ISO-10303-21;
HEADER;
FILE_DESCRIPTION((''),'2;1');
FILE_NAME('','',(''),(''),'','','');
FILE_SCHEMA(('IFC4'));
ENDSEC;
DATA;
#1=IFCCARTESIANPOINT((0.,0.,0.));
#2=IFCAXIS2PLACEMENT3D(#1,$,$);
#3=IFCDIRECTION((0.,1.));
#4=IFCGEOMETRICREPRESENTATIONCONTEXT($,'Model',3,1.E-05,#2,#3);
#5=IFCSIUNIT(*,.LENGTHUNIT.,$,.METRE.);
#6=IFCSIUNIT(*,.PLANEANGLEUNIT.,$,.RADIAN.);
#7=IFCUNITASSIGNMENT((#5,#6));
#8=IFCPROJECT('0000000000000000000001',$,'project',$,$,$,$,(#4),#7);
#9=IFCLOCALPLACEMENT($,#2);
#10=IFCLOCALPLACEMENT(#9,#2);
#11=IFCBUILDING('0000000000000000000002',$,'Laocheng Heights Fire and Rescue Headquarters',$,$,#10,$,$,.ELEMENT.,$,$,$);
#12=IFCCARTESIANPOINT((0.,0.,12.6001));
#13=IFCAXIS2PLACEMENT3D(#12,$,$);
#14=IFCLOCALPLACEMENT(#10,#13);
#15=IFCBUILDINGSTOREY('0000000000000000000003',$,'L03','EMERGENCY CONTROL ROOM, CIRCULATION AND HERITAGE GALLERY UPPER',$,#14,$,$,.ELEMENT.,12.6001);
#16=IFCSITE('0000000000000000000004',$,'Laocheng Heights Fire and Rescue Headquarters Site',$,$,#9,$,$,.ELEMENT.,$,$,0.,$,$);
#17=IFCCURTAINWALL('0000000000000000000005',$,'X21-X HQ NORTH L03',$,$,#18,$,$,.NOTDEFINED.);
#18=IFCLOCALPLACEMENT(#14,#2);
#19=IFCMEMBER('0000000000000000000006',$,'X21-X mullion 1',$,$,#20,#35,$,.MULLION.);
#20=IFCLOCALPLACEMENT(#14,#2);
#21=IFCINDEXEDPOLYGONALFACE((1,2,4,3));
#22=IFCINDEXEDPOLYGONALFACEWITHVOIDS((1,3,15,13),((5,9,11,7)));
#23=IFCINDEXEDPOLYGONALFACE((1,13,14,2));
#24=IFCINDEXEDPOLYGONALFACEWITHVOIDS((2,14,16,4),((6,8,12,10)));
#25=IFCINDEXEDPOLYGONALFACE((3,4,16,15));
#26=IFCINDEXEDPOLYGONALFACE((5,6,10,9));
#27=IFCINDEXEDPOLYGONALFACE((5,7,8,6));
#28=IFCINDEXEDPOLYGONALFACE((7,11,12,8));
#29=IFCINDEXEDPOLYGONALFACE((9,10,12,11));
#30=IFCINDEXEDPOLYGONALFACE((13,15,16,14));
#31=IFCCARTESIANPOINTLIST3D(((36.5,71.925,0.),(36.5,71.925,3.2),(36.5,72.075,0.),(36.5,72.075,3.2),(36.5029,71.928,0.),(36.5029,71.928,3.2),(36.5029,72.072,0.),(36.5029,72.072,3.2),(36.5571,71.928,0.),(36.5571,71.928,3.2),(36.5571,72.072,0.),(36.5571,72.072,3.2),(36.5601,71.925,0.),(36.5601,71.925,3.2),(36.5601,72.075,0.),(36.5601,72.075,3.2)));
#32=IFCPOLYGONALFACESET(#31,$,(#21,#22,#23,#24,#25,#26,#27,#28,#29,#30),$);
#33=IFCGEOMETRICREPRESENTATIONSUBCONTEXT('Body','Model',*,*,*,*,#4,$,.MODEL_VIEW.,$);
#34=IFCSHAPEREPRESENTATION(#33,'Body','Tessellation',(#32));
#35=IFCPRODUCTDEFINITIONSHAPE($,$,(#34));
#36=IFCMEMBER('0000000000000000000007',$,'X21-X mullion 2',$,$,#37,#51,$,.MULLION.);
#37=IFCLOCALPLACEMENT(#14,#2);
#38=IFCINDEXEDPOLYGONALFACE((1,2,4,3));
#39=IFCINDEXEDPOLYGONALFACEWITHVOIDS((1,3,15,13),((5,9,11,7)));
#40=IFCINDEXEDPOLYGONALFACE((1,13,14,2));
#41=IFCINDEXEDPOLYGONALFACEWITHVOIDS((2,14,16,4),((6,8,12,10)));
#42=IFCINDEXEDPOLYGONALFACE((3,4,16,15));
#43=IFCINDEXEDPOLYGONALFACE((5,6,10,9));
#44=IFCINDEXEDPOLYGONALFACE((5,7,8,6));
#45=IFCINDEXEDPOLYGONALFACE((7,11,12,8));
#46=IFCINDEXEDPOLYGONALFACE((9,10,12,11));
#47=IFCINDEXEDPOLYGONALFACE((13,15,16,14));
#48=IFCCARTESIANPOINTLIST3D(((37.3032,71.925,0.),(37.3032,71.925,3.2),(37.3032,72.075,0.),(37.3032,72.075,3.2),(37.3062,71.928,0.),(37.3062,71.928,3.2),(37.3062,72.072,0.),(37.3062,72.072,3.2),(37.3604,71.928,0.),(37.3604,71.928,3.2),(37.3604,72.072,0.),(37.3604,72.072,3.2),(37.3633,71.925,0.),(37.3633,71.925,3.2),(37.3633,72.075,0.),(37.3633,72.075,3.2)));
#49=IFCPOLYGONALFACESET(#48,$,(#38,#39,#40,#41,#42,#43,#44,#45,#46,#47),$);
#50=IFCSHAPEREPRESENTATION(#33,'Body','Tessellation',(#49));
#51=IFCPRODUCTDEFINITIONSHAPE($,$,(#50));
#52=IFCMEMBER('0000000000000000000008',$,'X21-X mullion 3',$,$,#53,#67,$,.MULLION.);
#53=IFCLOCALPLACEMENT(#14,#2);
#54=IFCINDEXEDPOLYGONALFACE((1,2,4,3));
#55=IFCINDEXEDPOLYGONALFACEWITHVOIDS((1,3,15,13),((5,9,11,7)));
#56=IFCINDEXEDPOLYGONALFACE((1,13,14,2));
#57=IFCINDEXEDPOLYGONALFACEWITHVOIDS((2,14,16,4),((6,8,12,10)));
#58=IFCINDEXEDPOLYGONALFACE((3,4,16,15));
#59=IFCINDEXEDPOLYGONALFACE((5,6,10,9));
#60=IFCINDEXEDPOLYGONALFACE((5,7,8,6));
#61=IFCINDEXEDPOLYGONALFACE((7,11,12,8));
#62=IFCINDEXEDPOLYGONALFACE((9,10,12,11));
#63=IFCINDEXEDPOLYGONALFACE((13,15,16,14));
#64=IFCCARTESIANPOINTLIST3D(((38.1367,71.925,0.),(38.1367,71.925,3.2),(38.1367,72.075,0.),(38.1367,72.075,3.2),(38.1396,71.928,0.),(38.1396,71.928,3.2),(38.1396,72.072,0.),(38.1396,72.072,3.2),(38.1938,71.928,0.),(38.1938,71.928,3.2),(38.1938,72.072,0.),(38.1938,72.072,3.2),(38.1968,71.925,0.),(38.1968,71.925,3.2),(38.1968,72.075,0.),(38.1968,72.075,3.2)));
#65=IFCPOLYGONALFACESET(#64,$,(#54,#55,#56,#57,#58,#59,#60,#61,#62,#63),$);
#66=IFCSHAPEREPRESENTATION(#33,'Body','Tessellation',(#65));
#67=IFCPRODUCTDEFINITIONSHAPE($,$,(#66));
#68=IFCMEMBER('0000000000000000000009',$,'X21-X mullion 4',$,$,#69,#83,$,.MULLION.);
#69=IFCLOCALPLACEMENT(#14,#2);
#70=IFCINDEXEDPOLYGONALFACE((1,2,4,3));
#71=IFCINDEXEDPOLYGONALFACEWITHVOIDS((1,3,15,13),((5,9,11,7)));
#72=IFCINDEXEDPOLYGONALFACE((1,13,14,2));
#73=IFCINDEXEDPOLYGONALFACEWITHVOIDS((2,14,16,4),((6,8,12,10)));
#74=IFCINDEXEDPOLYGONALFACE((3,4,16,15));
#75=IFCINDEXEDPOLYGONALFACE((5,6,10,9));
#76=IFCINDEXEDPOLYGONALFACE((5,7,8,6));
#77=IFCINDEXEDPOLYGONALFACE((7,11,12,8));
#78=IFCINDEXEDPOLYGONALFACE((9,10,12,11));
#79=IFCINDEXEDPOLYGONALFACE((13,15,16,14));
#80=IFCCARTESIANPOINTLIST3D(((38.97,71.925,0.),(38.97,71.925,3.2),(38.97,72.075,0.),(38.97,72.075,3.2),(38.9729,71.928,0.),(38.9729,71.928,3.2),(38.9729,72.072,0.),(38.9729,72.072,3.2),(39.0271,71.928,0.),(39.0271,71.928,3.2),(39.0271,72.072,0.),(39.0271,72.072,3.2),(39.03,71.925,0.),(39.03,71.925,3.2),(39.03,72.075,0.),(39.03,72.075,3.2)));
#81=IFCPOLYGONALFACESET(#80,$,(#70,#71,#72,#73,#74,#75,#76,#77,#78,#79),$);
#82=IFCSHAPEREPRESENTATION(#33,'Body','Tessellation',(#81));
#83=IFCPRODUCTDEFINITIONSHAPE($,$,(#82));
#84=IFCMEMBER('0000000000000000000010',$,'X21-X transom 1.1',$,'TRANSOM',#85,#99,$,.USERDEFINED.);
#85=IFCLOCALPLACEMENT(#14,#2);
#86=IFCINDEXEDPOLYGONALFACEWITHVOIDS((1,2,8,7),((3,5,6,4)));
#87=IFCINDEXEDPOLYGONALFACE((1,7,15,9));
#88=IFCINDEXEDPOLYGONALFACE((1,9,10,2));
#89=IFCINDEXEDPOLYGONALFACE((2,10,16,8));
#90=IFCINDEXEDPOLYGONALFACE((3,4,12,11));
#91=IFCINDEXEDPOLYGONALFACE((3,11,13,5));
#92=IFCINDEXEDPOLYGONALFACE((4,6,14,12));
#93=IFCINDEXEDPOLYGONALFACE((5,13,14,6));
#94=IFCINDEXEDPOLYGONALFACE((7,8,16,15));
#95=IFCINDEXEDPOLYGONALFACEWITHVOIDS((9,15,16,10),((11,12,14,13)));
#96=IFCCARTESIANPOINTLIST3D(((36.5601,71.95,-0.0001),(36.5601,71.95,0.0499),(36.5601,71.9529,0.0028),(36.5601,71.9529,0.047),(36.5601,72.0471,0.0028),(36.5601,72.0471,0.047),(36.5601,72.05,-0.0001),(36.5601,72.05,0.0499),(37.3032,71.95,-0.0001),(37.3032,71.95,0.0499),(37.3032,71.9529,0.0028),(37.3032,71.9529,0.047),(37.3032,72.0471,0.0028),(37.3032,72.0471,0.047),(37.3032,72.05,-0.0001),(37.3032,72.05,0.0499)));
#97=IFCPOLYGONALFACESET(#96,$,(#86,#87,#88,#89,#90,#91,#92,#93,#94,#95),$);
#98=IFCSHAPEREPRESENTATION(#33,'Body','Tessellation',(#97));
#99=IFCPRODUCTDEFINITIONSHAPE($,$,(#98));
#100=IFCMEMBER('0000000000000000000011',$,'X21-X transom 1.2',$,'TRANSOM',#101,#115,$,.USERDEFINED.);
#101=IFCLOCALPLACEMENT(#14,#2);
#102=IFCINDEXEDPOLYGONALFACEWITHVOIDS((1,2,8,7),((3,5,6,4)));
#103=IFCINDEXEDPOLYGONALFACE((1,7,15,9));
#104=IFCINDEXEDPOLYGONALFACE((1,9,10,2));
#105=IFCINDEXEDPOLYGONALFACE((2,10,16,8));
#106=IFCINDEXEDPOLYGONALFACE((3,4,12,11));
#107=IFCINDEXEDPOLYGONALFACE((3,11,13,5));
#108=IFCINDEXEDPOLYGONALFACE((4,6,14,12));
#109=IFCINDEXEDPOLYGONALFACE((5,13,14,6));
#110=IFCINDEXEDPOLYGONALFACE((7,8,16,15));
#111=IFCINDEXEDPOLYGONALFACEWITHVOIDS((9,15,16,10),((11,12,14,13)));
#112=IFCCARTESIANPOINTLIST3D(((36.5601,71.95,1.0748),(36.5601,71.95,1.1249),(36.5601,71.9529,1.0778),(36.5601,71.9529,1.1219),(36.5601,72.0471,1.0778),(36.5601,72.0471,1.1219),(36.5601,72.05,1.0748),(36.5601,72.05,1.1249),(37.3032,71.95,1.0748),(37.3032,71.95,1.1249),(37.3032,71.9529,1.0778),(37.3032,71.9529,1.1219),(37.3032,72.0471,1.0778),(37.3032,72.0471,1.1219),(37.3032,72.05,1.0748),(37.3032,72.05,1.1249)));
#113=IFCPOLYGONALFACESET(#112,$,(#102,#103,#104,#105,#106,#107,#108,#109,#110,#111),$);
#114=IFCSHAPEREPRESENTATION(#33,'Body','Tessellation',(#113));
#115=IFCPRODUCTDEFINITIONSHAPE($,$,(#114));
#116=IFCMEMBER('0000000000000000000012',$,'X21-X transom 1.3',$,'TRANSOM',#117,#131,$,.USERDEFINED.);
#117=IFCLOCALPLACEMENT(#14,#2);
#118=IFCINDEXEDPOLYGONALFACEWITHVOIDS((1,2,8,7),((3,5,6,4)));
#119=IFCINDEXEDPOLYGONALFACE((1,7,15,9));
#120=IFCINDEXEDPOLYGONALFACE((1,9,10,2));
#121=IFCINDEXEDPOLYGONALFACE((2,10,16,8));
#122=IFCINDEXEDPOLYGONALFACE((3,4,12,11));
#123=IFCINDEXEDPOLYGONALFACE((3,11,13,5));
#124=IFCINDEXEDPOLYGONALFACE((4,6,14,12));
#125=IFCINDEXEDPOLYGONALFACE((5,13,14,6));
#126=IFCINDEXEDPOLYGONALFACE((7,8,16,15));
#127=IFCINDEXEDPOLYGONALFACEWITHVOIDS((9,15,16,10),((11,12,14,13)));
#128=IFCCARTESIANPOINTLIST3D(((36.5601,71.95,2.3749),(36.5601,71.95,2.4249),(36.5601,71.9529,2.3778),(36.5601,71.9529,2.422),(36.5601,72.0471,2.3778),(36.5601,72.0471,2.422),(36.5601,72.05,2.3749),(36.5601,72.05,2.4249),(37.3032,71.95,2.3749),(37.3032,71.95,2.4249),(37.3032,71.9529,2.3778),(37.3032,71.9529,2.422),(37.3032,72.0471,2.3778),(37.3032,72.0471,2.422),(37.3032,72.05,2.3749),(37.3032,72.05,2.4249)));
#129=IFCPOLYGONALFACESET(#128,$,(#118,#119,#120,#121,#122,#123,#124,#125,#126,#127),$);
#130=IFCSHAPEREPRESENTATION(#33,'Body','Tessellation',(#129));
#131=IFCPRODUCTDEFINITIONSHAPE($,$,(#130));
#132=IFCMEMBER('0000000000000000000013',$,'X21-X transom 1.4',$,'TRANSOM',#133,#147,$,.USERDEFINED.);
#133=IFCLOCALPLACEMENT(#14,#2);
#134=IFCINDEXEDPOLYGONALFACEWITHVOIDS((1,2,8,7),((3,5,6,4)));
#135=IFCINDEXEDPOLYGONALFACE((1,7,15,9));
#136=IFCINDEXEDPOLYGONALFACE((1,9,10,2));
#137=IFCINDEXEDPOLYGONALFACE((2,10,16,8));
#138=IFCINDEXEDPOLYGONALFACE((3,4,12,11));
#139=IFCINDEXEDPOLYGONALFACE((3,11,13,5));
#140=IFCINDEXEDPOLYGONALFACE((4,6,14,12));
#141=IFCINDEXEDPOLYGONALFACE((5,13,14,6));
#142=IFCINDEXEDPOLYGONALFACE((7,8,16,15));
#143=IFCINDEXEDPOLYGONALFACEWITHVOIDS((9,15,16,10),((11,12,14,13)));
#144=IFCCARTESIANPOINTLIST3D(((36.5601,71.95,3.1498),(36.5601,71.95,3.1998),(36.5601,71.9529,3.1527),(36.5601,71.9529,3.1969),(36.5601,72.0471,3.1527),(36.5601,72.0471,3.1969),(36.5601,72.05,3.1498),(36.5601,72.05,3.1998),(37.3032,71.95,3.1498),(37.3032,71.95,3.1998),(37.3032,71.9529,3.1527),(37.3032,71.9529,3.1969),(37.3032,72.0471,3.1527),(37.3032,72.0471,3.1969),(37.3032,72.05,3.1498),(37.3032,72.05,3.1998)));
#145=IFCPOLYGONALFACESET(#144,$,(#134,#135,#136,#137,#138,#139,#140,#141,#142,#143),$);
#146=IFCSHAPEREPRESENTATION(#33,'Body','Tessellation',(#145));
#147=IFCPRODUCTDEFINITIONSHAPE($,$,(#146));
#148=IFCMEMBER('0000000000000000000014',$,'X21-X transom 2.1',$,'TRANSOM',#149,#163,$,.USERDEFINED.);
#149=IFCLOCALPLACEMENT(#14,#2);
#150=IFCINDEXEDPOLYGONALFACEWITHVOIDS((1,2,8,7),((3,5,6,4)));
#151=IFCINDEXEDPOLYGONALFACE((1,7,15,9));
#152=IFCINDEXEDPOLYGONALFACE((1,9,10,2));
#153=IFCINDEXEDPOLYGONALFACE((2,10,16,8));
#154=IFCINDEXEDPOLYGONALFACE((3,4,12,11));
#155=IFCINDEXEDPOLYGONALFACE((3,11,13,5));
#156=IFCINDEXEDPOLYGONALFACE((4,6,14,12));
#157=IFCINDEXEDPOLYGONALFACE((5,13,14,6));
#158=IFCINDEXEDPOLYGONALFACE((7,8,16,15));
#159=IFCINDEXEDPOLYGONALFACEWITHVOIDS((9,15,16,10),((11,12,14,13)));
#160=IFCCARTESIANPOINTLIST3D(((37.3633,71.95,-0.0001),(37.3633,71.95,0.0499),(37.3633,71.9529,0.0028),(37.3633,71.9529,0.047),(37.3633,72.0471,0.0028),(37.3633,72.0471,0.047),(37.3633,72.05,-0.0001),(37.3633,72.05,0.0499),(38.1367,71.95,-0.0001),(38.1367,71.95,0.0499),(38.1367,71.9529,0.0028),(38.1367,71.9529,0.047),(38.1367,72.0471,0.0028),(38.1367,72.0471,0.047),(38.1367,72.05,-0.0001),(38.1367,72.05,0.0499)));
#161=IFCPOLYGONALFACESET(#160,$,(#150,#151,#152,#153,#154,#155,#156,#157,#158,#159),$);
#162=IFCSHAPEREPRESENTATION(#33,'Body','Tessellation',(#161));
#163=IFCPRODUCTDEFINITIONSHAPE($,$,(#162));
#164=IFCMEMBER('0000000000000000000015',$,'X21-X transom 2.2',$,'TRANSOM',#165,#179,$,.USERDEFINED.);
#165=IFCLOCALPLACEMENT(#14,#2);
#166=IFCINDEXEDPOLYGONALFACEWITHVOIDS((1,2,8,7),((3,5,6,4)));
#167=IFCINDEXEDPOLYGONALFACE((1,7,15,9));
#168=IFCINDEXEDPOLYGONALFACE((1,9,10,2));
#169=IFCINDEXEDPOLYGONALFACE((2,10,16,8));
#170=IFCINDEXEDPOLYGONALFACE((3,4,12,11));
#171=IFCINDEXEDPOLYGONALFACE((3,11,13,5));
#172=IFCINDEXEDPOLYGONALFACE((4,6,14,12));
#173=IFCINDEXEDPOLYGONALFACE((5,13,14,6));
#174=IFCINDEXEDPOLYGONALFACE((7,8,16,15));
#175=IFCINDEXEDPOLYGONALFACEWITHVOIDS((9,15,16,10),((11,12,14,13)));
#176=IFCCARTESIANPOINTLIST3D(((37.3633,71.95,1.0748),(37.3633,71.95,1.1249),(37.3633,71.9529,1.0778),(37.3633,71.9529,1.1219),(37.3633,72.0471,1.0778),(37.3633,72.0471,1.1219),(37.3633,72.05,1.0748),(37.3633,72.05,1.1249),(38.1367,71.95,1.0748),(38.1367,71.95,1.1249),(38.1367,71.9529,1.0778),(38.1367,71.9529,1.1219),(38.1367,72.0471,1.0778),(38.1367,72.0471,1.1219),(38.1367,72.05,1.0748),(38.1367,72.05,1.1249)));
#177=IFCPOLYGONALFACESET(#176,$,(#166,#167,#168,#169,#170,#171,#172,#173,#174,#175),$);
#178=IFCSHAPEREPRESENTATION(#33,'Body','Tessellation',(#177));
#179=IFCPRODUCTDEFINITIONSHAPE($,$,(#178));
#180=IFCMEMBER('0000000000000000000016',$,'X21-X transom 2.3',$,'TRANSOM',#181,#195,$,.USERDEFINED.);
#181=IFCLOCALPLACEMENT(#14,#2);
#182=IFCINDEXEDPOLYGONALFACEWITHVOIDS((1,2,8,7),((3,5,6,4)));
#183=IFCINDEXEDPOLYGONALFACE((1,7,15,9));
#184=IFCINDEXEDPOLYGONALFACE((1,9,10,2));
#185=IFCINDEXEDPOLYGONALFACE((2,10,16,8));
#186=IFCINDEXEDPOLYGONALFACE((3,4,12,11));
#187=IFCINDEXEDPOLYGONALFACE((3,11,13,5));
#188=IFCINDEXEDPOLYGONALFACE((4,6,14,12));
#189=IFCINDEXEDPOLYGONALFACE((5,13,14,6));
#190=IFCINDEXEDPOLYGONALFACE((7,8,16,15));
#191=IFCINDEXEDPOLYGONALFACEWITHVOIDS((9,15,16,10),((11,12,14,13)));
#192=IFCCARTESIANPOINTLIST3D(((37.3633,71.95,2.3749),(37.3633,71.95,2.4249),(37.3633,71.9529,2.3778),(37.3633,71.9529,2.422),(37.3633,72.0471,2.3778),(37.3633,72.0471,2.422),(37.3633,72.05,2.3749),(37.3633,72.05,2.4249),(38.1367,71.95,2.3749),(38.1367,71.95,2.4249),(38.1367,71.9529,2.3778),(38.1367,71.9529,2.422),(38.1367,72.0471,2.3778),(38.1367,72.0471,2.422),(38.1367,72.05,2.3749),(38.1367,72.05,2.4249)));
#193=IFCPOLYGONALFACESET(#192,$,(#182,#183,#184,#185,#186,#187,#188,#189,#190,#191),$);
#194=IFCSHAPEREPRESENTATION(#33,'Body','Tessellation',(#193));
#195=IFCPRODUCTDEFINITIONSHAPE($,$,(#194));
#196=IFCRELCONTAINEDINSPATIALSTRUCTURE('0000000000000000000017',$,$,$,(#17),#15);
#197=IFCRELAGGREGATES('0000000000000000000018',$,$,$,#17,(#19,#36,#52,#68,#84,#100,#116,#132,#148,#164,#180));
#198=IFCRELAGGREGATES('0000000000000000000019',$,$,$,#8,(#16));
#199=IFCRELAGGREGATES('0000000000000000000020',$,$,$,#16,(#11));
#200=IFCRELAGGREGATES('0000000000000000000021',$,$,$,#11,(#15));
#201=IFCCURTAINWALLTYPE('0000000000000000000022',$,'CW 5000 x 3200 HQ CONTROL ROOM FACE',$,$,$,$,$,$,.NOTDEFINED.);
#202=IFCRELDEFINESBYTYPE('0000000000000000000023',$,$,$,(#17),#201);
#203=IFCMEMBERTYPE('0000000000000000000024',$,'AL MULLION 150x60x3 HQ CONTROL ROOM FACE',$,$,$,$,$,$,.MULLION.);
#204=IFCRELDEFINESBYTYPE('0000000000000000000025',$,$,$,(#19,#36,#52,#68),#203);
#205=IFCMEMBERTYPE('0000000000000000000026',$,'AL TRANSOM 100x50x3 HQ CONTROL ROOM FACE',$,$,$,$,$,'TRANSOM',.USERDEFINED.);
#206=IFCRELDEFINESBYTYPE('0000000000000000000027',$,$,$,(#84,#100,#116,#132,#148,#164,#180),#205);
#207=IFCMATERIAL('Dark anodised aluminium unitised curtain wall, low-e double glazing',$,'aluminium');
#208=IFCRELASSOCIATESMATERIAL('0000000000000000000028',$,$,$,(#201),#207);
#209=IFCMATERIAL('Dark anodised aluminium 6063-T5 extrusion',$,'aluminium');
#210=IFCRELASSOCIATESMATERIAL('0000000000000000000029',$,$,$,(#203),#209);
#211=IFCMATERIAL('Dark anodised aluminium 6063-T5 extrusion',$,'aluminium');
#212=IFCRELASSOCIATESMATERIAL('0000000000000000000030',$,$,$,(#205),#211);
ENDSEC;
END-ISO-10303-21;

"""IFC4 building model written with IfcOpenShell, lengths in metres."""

from ifc_helpers import new_model, si_unit, direction, frame, origin, origin_2d, place, context, subcontext, project, spatial, hollow_rectangle, extrude, material, material_profile, profile_set, type_object, element, aggregate, save


model = new_model("IFC4")

# Units and contexts
model_context = context("Model", 3, precision=1e-05, world=origin(), true_north=direction((0.0, 1.0)))
body_context = subcontext(model_context, "Body", "Model", "MODEL_VIEW")
ifc_project = project(units=[si_unit("LENGTHUNIT", "METRE"), si_unit("PLANEANGLEUNIT", "RADIAN")], contexts=[model_context])

# Site, building, storey
site_placement = place(None, origin())
site = spatial("IfcSite", under=ifc_project, at=site_placement, Name="Laocheng Heights Fire and Rescue Headquarters Site", CompositionType="ELEMENT", RefElevation=0.0)
building_placement = place(site_placement, origin())
building = spatial("IfcBuilding", under=site, at=building_placement, Name="Laocheng Heights Fire and Rescue Headquarters", CompositionType="ELEMENT")
storey_placement = place(building_placement, frame((0.0, 0.0, 12.6001)))
storey = spatial("IfcBuildingStorey", under=building, at=storey_placement, Name="L03", Description="EMERGENCY CONTROL ROOM, CIRCULATION AND HERITAGE GALLERY UPPER", CompositionType="ELEMENT", Elevation=12.6001)

# Curtain wall, members
ifc_material_1 = material(Name="Dark anodised aluminium unitised curtain wall, low-e double glazing", Category="aluminium")
curtain_wall_type = type_object("IfcCurtainWallType", Name="CW 5000 x 3200 HQ CONTROL ROOM FACE", PredefinedType="NOTDEFINED", material=ifc_material_1)
curtain_wall_placement = place(storey_placement, origin())
curtain_wall = element("IfcCurtainWall", 1, at=curtain_wall_placement, inside=storey, type_object=curtain_wall_type, Name="X21-X HQ NORTH L03", PredefinedType="NOTDEFINED")
ifc_material_2 = material(Name="Dark anodised aluminium 6063-T5 extrusion", Category="aluminium")
ifc_material_profile_1 = material_profile(ifc_material_2, hollow_rectangle(XDim=0.1499, YDim=0.0601, WallThickness=0.0029, at=origin_2d()), Name="AL MULLION 150x60x3 HQ CONTROL ROOM FACE")
ifc_profile_set_1 = profile_set([ifc_material_profile_1], Name="Dark anodised aluminium 6063-T5 extrusion")
member_type_1 = type_object("IfcMemberType", Name="AL MULLION 150x60x3 HQ CONTROL ROOM FACE", PredefinedType="MULLION", material=ifc_profile_set_1)
member_1_placement = place(storey_placement, frame((36.53, 72.0, 0.0), z_axis=(0.0, 0.0, 1.0), x_axis=(0.0, 1.0, 0.0)))
member_1 = element("IfcMember", 2, at=member_1_placement, type_object=member_type_1, Name="X21-X mullion 1", PredefinedType="MULLION", context=body_context, shape_type="SweptSolid", body=[
    extrude(hollow_rectangle(XDim=0.1499, YDim=0.0601, WallThickness=0.0029, at=origin_2d()), origin(), (0.0, 0.0, 1.0), 3.2),
])
member_2_placement = place(storey_placement, frame((37.3333, 72.0, 0.0), z_axis=(0.0, 0.0, 1.0), x_axis=(0.0, 1.0, 0.0)))
member_2 = element("IfcMember", 3, at=member_2_placement, type_object=member_type_1, Name="X21-X mullion 2", PredefinedType="MULLION", context=body_context, shape_type="SweptSolid", body=[
    extrude(hollow_rectangle(XDim=0.1499, YDim=0.0601, WallThickness=0.0029, at=origin_2d()), origin(), (0.0, 0.0, 1.0), 3.2),
])
member_3_placement = place(storey_placement, frame((38.1667, 72.0, 0.0), z_axis=(0.0, 0.0, 1.0), x_axis=(0.0, 1.0, 0.0)))
member_3 = element("IfcMember", 4, at=member_3_placement, type_object=member_type_1, Name="X21-X mullion 3", PredefinedType="MULLION", context=body_context, shape_type="SweptSolid", body=[
    extrude(hollow_rectangle(XDim=0.1499, YDim=0.0601, WallThickness=0.0029, at=origin_2d()), origin(), (0.0, 0.0, 1.0), 3.2),
])
member_4_placement = place(storey_placement, frame((39.0, 72.0, 0.0), z_axis=(0.0, 0.0, 1.0), x_axis=(0.0, 1.0, 0.0)))
member_4 = element("IfcMember", 5, at=member_4_placement, type_object=member_type_1, Name="X21-X mullion 4", PredefinedType="MULLION", context=body_context, shape_type="SweptSolid", body=[
    extrude(hollow_rectangle(XDim=0.1499, YDim=0.0601, WallThickness=0.0029, at=origin_2d()), origin(), (0.0, 0.0, 1.0), 3.2),
])
ifc_material_3 = material(Name="Dark anodised aluminium 6063-T5 extrusion", Category="aluminium")
ifc_material_profile_2 = material_profile(ifc_material_3, hollow_rectangle(XDim=0.1001, YDim=0.05, WallThickness=0.0029, at=origin_2d()), Name="AL TRANSOM 100x50x3 HQ CONTROL ROOM FACE")
ifc_profile_set_2 = profile_set([ifc_material_profile_2], Name="Dark anodised aluminium 6063-T5 extrusion")
member_type_2 = type_object("IfcMemberType", Name="AL TRANSOM 100x50x3 HQ CONTROL ROOM FACE", ElementType="TRANSOM", PredefinedType="USERDEFINED", material=ifc_profile_set_2)
member_5_placement = place(storey_placement, frame((36.5601, 72.0, 0.0249), z_axis=(1.0, 0.0, 0.0), x_axis=(0.0, 1.0, 0.0)))
member_5 = element("IfcMember", 6, at=member_5_placement, type_object=member_type_2, Name="X21-X transom 1.1", ObjectType="TRANSOM", PredefinedType="USERDEFINED", context=body_context, shape_type="SweptSolid", body=[
    extrude(hollow_rectangle(XDim=0.1001, YDim=0.05, WallThickness=0.0029, at=origin_2d()), origin(), (0.0, 0.0, 1.0), 0.7432),
])
member_6_placement = place(storey_placement, frame((36.5601, 72.0, 1.0999), z_axis=(1.0, 0.0, 0.0), x_axis=(0.0, 1.0, 0.0)))
member_6 = element("IfcMember", 7, at=member_6_placement, type_object=member_type_2, Name="X21-X transom 1.2", ObjectType="TRANSOM", PredefinedType="USERDEFINED", context=body_context, shape_type="SweptSolid", body=[
    extrude(hollow_rectangle(XDim=0.1001, YDim=0.05, WallThickness=0.0029, at=origin_2d()), origin(), (0.0, 0.0, 1.0), 0.7432),
])
member_7_placement = place(storey_placement, frame((36.5601, 72.0, 2.3999), z_axis=(1.0, 0.0, 0.0), x_axis=(0.0, 1.0, 0.0)))
member_7 = element("IfcMember", 8, at=member_7_placement, type_object=member_type_2, Name="X21-X transom 1.3", ObjectType="TRANSOM", PredefinedType="USERDEFINED", context=body_context, shape_type="SweptSolid", body=[
    extrude(hollow_rectangle(XDim=0.1001, YDim=0.05, WallThickness=0.0029, at=origin_2d()), origin(), (0.0, 0.0, 1.0), 0.7432),
])
member_8_placement = place(storey_placement, frame((36.5601, 72.0, 3.1748), z_axis=(1.0, 0.0, 0.0), x_axis=(0.0, 1.0, 0.0)))
member_8 = element("IfcMember", 9, at=member_8_placement, type_object=member_type_2, Name="X21-X transom 1.4", ObjectType="TRANSOM", PredefinedType="USERDEFINED", context=body_context, shape_type="SweptSolid", body=[
    extrude(hollow_rectangle(XDim=0.1001, YDim=0.05, WallThickness=0.0029, at=origin_2d()), origin(), (0.0, 0.0, 1.0), 0.7432),
])
member_9_placement = place(storey_placement, frame((37.3633, 72.0, 0.0249), z_axis=(1.0, 0.0, 0.0), x_axis=(0.0, 1.0, 0.0)))
member_9 = element("IfcMember", 10, at=member_9_placement, type_object=member_type_2, Name="X21-X transom 2.1", ObjectType="TRANSOM", PredefinedType="USERDEFINED", context=body_context, shape_type="SweptSolid", body=[
    extrude(hollow_rectangle(XDim=0.1001, YDim=0.05, WallThickness=0.0029, at=origin_2d()), origin(), (0.0, 0.0, 1.0), 0.7734),
])
member_10_placement = place(storey_placement, frame((37.3633, 72.0, 1.0999), z_axis=(1.0, 0.0, 0.0), x_axis=(0.0, 1.0, 0.0)))
member_10 = element("IfcMember", 11, at=member_10_placement, type_object=member_type_2, Name="X21-X transom 2.2", ObjectType="TRANSOM", PredefinedType="USERDEFINED", context=body_context, shape_type="SweptSolid", body=[
    extrude(hollow_rectangle(XDim=0.1001, YDim=0.05, WallThickness=0.0029, at=origin_2d()), origin(), (0.0, 0.0, 1.0), 0.7734),
])
member_11_placement = place(storey_placement, frame((37.3633, 72.0, 2.3999), z_axis=(1.0, 0.0, 0.0), x_axis=(0.0, 1.0, 0.0)))
member_11 = element("IfcMember", 12, at=member_11_placement, type_object=member_type_2, Name="X21-X transom 2.3", ObjectType="TRANSOM", PredefinedType="USERDEFINED", context=body_context, shape_type="SweptSolid", body=[
    extrude(hollow_rectangle(XDim=0.1001, YDim=0.05, WallThickness=0.0029, at=origin_2d()), origin(), (0.0, 0.0, 1.0), 0.7734),
])
aggregate(curtain_wall, [member_1, member_2, member_3, member_4, member_5, member_6, member_7, member_8, member_9, member_10, member_11])

save(model, "model.ifc")
